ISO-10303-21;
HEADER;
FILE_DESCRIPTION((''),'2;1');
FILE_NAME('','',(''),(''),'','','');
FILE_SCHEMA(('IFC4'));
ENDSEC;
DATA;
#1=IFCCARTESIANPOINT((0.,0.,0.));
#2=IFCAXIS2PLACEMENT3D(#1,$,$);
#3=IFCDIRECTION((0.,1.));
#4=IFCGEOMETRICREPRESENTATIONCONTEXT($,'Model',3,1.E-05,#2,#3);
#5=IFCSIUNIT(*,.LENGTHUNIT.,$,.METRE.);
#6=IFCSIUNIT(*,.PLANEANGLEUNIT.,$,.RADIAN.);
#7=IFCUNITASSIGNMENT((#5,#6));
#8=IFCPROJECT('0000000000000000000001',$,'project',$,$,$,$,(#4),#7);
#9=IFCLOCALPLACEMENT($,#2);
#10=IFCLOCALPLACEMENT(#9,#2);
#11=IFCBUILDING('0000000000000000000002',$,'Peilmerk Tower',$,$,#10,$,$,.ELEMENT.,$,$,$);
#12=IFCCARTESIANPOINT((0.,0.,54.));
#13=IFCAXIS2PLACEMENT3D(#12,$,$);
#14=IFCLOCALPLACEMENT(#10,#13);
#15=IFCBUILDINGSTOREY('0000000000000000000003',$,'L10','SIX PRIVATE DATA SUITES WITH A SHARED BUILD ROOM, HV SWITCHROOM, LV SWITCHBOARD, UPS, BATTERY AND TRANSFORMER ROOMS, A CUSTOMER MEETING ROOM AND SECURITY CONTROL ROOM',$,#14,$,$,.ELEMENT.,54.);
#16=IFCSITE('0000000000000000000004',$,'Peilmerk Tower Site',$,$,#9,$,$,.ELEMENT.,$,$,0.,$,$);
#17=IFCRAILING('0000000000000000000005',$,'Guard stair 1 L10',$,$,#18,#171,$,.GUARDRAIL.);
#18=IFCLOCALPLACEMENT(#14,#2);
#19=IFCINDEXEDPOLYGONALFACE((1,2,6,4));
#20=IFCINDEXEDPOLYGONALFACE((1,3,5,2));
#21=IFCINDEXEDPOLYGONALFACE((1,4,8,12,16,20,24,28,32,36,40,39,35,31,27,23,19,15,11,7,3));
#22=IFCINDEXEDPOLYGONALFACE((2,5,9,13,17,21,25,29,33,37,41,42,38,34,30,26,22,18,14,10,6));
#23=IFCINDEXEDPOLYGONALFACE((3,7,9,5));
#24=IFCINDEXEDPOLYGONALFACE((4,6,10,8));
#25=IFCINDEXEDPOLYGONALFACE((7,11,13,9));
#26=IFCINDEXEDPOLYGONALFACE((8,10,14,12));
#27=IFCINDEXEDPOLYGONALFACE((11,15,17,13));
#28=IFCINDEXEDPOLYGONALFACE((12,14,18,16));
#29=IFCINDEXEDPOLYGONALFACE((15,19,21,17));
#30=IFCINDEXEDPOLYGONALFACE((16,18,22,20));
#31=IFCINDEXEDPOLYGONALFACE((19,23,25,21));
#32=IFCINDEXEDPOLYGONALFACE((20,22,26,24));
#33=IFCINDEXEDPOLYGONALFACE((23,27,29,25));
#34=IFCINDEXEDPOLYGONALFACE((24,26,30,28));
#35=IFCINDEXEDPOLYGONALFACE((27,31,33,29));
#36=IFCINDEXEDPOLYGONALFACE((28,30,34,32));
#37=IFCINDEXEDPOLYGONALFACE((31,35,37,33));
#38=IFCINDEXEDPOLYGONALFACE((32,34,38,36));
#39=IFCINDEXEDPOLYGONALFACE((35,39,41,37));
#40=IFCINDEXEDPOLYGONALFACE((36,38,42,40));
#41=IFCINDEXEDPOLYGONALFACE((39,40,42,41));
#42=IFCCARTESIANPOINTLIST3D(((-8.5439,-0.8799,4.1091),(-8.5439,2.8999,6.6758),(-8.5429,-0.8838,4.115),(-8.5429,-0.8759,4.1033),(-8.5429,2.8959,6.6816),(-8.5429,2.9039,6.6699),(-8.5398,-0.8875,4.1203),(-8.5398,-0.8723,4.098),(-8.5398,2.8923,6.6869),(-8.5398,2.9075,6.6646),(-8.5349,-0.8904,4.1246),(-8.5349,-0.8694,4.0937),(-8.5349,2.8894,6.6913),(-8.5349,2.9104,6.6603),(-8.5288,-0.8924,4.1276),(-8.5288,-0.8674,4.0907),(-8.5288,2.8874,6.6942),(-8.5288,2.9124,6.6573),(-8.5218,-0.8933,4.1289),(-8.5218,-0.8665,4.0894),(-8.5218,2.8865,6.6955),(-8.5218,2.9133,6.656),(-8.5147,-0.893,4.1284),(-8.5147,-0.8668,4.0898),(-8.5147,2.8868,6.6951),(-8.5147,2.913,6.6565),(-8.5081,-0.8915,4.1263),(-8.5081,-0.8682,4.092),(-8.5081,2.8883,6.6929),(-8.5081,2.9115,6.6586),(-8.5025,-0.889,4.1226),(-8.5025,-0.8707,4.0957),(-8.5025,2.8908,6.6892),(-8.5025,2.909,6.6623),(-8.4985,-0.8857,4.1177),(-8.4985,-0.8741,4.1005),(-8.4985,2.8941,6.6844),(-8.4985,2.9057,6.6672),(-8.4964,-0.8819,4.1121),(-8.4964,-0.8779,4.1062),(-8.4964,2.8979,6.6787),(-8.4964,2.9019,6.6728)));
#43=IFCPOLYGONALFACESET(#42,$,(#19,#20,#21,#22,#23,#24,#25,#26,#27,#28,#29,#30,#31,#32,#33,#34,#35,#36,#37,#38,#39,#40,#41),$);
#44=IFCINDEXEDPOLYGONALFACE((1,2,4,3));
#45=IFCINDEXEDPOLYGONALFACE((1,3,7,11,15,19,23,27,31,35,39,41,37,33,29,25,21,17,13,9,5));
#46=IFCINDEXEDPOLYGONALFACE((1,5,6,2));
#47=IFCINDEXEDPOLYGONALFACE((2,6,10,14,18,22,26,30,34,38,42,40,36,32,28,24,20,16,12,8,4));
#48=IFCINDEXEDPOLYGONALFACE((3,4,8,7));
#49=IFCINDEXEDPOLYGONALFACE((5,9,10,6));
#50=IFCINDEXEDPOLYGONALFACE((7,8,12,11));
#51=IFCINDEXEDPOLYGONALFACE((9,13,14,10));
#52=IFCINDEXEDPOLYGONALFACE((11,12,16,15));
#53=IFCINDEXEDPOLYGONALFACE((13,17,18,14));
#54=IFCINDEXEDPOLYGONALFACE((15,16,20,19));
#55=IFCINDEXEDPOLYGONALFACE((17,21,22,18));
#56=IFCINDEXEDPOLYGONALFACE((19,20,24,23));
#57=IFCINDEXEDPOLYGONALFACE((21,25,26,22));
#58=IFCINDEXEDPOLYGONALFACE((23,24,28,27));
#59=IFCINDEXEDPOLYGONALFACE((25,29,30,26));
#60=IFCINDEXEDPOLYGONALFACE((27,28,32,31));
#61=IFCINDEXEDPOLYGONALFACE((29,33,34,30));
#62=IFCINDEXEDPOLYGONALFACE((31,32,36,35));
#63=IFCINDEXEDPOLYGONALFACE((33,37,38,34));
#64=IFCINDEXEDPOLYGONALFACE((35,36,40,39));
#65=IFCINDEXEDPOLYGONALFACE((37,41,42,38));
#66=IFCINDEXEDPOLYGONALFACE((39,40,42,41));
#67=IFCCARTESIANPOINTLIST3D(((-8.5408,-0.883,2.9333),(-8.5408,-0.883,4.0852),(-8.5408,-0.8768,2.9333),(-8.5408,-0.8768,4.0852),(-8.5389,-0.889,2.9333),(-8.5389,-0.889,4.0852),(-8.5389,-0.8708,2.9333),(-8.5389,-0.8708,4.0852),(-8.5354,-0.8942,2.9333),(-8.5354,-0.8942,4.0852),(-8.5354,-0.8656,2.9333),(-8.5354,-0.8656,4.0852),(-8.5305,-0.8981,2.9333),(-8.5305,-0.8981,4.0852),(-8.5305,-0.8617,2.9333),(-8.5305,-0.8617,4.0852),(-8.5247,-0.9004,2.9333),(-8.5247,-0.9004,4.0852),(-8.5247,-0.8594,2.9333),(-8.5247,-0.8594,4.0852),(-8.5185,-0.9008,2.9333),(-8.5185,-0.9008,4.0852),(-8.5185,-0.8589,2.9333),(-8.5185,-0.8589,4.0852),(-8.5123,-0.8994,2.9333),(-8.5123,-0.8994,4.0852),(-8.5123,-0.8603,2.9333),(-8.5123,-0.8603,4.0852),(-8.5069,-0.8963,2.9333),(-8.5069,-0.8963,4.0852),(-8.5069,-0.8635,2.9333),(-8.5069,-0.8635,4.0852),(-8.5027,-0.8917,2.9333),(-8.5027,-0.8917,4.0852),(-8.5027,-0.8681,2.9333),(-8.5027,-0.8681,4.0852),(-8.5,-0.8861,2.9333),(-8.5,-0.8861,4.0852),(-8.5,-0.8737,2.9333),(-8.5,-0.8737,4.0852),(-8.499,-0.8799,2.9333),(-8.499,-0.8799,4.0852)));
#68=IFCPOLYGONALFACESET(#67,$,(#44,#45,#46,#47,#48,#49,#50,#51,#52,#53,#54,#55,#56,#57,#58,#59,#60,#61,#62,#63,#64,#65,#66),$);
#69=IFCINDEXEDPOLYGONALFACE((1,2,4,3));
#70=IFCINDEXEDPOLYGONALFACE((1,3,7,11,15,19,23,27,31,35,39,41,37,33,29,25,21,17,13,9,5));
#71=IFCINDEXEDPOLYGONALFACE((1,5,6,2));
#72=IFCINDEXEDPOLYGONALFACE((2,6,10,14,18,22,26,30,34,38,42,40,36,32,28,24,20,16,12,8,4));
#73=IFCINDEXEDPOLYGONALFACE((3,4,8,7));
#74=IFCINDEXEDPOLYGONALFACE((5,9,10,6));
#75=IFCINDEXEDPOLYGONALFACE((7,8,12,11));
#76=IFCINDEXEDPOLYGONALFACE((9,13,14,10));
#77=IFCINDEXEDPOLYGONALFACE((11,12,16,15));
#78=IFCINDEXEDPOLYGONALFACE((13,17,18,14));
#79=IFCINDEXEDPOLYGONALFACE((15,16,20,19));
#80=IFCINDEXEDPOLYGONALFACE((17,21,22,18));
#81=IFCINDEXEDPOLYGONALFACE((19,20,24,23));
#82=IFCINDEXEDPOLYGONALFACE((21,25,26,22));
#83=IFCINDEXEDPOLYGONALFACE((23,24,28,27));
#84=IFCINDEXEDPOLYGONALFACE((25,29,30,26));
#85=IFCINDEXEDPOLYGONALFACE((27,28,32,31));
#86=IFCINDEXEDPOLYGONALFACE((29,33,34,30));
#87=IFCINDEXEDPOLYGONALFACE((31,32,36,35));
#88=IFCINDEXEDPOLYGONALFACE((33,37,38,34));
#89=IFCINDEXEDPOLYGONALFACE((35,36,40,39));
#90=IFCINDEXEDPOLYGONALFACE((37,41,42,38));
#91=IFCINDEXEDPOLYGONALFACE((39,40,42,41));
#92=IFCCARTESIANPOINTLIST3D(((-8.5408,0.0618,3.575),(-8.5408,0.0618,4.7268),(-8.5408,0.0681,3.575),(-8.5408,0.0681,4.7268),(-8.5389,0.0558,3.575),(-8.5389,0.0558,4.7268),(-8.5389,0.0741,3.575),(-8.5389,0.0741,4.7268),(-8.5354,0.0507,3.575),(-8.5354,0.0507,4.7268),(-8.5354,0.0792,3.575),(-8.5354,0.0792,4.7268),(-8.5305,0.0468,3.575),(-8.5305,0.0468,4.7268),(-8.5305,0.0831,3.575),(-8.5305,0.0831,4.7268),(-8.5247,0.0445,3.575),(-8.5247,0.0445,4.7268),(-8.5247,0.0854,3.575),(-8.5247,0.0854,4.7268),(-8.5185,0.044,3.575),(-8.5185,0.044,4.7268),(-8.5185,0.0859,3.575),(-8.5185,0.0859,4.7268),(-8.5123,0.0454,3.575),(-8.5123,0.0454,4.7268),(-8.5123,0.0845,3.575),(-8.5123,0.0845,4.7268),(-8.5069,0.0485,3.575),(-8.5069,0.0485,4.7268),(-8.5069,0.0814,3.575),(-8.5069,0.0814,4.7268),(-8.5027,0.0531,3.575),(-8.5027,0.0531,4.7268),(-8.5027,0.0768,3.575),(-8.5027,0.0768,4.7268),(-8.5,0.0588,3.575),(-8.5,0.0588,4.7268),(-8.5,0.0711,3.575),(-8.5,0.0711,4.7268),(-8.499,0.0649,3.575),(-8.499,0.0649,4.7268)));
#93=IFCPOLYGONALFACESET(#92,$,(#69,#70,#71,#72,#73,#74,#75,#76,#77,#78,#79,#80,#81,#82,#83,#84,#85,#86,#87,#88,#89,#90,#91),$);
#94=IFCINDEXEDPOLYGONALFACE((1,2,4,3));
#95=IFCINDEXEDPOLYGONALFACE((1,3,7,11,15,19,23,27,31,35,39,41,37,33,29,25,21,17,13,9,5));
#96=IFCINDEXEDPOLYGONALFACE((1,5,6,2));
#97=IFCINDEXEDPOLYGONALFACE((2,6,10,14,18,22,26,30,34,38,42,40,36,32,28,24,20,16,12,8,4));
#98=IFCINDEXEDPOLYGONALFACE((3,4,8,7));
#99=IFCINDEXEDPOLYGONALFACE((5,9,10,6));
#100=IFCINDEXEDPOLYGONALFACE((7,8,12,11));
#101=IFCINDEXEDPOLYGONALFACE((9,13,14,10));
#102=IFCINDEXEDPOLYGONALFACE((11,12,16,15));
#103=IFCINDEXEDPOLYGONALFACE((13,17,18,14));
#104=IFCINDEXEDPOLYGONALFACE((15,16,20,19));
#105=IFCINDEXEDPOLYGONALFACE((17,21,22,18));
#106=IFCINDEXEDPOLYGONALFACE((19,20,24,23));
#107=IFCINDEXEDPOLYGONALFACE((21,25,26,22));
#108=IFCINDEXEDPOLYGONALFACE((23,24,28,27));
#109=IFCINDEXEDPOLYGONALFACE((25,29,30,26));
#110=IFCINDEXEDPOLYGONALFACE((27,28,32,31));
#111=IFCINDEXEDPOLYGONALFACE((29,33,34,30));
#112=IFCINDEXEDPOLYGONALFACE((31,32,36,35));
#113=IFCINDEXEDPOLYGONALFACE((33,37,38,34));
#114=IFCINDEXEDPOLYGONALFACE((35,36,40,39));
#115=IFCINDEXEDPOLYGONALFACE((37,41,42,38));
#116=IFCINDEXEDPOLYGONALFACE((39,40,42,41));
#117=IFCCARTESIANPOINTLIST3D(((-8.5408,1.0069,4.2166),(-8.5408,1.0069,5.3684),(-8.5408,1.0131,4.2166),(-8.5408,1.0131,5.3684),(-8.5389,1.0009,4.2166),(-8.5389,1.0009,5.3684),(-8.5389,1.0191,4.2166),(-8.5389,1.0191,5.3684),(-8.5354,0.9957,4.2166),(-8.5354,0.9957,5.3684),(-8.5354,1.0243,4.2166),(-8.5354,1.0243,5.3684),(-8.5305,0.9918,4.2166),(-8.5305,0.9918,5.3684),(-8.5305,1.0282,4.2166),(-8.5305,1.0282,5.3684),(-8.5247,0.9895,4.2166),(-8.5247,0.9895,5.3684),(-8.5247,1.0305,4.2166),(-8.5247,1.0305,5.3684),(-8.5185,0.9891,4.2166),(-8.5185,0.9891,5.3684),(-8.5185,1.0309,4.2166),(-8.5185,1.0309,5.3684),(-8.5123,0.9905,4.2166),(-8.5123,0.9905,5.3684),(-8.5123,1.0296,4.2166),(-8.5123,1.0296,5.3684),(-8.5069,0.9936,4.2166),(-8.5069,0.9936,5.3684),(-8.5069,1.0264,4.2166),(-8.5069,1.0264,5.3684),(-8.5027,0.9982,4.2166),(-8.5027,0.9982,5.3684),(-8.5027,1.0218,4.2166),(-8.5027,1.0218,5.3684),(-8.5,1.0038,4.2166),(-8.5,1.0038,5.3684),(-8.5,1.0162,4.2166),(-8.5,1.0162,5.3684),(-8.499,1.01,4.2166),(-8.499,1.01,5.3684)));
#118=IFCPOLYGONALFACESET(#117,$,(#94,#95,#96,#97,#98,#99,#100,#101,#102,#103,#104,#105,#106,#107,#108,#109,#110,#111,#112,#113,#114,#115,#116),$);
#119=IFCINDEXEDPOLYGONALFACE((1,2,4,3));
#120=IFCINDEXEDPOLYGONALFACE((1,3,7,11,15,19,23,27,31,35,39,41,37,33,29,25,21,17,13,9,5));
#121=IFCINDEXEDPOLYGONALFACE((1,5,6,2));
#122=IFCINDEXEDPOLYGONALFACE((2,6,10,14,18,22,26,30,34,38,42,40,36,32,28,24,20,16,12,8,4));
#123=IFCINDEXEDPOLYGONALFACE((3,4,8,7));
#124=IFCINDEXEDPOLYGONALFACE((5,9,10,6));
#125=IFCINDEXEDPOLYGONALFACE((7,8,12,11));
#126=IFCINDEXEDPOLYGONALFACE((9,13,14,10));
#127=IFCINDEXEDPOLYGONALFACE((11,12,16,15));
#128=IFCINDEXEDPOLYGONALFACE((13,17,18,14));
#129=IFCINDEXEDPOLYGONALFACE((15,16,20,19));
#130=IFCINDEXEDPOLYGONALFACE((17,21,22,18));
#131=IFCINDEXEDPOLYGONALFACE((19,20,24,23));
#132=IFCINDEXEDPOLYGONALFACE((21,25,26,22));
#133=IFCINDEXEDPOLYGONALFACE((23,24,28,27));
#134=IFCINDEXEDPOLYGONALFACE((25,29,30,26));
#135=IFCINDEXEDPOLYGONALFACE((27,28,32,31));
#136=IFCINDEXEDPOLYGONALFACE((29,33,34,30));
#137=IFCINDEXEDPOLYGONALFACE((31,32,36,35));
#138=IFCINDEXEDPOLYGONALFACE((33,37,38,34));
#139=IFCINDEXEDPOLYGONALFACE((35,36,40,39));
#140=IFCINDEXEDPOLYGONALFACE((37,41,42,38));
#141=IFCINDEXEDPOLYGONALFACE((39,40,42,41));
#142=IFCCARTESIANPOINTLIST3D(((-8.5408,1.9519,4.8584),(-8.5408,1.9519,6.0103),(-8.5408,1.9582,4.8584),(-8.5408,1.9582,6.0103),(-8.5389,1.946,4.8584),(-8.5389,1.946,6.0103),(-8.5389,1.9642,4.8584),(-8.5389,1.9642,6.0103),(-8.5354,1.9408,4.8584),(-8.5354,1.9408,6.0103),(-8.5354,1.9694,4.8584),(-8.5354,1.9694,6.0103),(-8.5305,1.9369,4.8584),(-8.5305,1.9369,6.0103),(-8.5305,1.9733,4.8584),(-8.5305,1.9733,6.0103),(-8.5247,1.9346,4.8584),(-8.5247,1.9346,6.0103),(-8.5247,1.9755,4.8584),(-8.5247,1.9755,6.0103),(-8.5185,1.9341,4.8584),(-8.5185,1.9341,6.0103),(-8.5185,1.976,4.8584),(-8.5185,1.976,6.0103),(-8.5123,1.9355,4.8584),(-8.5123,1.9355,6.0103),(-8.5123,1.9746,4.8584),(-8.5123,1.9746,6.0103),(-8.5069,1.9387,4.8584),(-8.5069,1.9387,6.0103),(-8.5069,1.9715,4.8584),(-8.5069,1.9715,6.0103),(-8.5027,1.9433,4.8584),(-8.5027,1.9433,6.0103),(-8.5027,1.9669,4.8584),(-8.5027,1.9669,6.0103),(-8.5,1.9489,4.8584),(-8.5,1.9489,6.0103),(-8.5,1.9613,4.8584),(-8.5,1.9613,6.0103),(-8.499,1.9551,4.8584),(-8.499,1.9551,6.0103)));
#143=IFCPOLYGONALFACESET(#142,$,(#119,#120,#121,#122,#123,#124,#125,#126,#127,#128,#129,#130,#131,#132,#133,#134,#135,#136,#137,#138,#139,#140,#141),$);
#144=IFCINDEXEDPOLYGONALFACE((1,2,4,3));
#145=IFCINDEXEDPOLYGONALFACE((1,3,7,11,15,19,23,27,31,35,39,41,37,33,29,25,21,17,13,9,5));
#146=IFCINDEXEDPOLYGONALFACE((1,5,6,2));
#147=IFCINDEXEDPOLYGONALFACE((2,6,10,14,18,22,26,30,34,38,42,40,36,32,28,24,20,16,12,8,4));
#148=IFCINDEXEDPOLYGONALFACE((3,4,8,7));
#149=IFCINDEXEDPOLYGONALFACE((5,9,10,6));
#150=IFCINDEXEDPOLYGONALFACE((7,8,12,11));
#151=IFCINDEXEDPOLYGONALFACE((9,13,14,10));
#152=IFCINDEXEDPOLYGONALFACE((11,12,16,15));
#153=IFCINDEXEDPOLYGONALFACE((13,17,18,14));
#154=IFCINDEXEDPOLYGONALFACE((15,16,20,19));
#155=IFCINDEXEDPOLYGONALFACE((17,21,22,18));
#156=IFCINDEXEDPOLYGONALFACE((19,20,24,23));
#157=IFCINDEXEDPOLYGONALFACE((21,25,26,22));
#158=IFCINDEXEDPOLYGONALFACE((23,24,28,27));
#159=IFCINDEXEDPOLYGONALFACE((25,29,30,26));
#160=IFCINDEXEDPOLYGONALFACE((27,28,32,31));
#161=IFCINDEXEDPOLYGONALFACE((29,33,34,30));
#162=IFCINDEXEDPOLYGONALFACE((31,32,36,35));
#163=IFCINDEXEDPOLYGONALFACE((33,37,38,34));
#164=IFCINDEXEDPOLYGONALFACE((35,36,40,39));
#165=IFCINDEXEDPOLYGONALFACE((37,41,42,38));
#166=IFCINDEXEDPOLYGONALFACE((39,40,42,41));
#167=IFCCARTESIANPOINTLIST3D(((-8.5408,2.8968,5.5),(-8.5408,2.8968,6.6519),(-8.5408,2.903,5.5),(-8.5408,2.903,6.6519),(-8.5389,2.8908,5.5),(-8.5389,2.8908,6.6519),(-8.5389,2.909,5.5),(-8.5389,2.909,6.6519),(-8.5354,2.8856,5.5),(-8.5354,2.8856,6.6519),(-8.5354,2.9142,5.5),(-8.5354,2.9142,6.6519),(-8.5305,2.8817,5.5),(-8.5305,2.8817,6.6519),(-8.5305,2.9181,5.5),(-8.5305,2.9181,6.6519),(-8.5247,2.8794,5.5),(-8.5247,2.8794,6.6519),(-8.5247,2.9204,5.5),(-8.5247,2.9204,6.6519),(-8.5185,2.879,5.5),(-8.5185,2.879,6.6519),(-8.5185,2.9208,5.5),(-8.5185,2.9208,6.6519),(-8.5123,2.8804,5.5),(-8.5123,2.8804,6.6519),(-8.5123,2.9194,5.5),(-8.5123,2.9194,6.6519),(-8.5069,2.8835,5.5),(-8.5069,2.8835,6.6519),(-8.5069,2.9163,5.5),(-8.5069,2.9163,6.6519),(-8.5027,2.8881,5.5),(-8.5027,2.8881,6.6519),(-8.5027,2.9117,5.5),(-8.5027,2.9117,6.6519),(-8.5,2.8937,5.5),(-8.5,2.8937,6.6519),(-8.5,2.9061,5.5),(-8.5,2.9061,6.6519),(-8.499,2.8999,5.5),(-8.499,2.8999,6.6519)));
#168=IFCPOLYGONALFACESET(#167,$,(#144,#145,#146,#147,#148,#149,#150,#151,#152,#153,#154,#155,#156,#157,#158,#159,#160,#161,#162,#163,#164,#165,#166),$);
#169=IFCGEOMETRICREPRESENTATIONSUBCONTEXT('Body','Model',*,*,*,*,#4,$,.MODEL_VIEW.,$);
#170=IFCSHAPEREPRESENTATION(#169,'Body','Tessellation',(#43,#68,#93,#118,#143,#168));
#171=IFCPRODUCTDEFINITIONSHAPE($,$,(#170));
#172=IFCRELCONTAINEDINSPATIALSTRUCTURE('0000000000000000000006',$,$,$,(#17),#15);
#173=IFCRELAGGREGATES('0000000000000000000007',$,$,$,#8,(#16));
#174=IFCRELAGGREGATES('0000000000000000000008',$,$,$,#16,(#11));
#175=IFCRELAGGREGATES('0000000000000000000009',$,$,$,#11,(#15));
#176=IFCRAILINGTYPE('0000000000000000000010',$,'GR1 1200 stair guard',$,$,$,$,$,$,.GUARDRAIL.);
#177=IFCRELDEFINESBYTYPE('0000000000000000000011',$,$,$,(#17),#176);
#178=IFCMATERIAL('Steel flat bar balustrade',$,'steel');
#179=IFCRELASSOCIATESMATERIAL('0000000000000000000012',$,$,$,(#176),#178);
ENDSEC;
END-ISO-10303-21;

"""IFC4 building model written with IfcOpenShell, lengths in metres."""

from ifc_helpers import new_model, si_unit, direction, frame, origin, origin_2d, place, context, subcontext, project, spatial, circle, extrude, material, type_object, element, save


model = new_model("IFC4")

# Units and contexts
model_context = context("Model", 3, precision=1e-05, world=origin(), true_north=direction((0.0, 1.0)))
body_context = subcontext(model_context, "Body", "Model", "MODEL_VIEW")
ifc_project = project(units=[si_unit("LENGTHUNIT", "METRE"), si_unit("PLANEANGLEUNIT", "RADIAN")], contexts=[model_context])

# Site, building, storey
site_placement = place(None, origin())
site = spatial("IfcSite", under=ifc_project, at=site_placement, Name="Peilmerk Tower Site", CompositionType="ELEMENT", RefElevation=0.0)
building_placement = place(site_placement, origin())
building = spatial("IfcBuilding", under=site, at=building_placement, Name="Peilmerk Tower", CompositionType="ELEMENT")
storey_placement = place(building_placement, frame((0.0, 0.0, 54.0)))
storey = spatial("IfcBuildingStorey", under=building, at=storey_placement, Name="L10", Description="SIX PRIVATE DATA SUITES WITH A SHARED BUILD ROOM, HV SWITCHROOM, LV SWITCHBOARD, UPS, BATTERY AND TRANSFORMER ROOMS, A CUSTOMER MEETING ROOM AND SECURITY CONTROL ROOM", CompositionType="ELEMENT", Elevation=54.0)

# Railing
ifc_material_1 = material(Name="Steel flat bar balustrade", Category="steel")
railing_type_1 = type_object("IfcRailingType", Name="GR1 1200 stair guard", PredefinedType="GUARDRAIL", material=ifc_material_1)
railing_1_placement = place(storey_placement, frame((-8.52, -0.8799, 2.9333)))
element("IfcRailing", 1, at=railing_1_placement, inside=storey, type_object=railing_type_1, Name="Guard stair 1 L10", PredefinedType="GUARDRAIL", context=body_context, shape_type="SweptSolid", body=[
    extrude(circle(Radius=0.0239, at=origin_2d()), frame((0.0, 0.0, 1.1758), z_axis=(0.0, 0.827293, 0.561771), x_axis=(-1.0, 0.0, 0.0)), (0.0, 0.0, 1.0), 4.5688),
    extrude(circle(Radius=0.021, at=origin_2d()), origin(), (0.0, 0.0, 1.0), 1.1519),
    extrude(circle(Radius=0.021, at=origin_2d()), frame((0.0, 0.9448, 0.6416)), (0.0, 0.0, 1.0), 1.1519),
    extrude(circle(Radius=0.021, at=origin_2d()), frame((0.0, 1.8899, 1.2832)), (0.0, 0.0, 1.0), 1.1519),
    extrude(circle(Radius=0.021, at=origin_2d()), frame((0.0, 2.835, 1.925)), (0.0, 0.0, 1.0), 1.1519),
    extrude(circle(Radius=0.021, at=origin_2d()), frame((0.0, 3.7798, 2.5667)), (0.0, 0.0, 1.0), 1.1519),
])

save(model, "model.ifc")
